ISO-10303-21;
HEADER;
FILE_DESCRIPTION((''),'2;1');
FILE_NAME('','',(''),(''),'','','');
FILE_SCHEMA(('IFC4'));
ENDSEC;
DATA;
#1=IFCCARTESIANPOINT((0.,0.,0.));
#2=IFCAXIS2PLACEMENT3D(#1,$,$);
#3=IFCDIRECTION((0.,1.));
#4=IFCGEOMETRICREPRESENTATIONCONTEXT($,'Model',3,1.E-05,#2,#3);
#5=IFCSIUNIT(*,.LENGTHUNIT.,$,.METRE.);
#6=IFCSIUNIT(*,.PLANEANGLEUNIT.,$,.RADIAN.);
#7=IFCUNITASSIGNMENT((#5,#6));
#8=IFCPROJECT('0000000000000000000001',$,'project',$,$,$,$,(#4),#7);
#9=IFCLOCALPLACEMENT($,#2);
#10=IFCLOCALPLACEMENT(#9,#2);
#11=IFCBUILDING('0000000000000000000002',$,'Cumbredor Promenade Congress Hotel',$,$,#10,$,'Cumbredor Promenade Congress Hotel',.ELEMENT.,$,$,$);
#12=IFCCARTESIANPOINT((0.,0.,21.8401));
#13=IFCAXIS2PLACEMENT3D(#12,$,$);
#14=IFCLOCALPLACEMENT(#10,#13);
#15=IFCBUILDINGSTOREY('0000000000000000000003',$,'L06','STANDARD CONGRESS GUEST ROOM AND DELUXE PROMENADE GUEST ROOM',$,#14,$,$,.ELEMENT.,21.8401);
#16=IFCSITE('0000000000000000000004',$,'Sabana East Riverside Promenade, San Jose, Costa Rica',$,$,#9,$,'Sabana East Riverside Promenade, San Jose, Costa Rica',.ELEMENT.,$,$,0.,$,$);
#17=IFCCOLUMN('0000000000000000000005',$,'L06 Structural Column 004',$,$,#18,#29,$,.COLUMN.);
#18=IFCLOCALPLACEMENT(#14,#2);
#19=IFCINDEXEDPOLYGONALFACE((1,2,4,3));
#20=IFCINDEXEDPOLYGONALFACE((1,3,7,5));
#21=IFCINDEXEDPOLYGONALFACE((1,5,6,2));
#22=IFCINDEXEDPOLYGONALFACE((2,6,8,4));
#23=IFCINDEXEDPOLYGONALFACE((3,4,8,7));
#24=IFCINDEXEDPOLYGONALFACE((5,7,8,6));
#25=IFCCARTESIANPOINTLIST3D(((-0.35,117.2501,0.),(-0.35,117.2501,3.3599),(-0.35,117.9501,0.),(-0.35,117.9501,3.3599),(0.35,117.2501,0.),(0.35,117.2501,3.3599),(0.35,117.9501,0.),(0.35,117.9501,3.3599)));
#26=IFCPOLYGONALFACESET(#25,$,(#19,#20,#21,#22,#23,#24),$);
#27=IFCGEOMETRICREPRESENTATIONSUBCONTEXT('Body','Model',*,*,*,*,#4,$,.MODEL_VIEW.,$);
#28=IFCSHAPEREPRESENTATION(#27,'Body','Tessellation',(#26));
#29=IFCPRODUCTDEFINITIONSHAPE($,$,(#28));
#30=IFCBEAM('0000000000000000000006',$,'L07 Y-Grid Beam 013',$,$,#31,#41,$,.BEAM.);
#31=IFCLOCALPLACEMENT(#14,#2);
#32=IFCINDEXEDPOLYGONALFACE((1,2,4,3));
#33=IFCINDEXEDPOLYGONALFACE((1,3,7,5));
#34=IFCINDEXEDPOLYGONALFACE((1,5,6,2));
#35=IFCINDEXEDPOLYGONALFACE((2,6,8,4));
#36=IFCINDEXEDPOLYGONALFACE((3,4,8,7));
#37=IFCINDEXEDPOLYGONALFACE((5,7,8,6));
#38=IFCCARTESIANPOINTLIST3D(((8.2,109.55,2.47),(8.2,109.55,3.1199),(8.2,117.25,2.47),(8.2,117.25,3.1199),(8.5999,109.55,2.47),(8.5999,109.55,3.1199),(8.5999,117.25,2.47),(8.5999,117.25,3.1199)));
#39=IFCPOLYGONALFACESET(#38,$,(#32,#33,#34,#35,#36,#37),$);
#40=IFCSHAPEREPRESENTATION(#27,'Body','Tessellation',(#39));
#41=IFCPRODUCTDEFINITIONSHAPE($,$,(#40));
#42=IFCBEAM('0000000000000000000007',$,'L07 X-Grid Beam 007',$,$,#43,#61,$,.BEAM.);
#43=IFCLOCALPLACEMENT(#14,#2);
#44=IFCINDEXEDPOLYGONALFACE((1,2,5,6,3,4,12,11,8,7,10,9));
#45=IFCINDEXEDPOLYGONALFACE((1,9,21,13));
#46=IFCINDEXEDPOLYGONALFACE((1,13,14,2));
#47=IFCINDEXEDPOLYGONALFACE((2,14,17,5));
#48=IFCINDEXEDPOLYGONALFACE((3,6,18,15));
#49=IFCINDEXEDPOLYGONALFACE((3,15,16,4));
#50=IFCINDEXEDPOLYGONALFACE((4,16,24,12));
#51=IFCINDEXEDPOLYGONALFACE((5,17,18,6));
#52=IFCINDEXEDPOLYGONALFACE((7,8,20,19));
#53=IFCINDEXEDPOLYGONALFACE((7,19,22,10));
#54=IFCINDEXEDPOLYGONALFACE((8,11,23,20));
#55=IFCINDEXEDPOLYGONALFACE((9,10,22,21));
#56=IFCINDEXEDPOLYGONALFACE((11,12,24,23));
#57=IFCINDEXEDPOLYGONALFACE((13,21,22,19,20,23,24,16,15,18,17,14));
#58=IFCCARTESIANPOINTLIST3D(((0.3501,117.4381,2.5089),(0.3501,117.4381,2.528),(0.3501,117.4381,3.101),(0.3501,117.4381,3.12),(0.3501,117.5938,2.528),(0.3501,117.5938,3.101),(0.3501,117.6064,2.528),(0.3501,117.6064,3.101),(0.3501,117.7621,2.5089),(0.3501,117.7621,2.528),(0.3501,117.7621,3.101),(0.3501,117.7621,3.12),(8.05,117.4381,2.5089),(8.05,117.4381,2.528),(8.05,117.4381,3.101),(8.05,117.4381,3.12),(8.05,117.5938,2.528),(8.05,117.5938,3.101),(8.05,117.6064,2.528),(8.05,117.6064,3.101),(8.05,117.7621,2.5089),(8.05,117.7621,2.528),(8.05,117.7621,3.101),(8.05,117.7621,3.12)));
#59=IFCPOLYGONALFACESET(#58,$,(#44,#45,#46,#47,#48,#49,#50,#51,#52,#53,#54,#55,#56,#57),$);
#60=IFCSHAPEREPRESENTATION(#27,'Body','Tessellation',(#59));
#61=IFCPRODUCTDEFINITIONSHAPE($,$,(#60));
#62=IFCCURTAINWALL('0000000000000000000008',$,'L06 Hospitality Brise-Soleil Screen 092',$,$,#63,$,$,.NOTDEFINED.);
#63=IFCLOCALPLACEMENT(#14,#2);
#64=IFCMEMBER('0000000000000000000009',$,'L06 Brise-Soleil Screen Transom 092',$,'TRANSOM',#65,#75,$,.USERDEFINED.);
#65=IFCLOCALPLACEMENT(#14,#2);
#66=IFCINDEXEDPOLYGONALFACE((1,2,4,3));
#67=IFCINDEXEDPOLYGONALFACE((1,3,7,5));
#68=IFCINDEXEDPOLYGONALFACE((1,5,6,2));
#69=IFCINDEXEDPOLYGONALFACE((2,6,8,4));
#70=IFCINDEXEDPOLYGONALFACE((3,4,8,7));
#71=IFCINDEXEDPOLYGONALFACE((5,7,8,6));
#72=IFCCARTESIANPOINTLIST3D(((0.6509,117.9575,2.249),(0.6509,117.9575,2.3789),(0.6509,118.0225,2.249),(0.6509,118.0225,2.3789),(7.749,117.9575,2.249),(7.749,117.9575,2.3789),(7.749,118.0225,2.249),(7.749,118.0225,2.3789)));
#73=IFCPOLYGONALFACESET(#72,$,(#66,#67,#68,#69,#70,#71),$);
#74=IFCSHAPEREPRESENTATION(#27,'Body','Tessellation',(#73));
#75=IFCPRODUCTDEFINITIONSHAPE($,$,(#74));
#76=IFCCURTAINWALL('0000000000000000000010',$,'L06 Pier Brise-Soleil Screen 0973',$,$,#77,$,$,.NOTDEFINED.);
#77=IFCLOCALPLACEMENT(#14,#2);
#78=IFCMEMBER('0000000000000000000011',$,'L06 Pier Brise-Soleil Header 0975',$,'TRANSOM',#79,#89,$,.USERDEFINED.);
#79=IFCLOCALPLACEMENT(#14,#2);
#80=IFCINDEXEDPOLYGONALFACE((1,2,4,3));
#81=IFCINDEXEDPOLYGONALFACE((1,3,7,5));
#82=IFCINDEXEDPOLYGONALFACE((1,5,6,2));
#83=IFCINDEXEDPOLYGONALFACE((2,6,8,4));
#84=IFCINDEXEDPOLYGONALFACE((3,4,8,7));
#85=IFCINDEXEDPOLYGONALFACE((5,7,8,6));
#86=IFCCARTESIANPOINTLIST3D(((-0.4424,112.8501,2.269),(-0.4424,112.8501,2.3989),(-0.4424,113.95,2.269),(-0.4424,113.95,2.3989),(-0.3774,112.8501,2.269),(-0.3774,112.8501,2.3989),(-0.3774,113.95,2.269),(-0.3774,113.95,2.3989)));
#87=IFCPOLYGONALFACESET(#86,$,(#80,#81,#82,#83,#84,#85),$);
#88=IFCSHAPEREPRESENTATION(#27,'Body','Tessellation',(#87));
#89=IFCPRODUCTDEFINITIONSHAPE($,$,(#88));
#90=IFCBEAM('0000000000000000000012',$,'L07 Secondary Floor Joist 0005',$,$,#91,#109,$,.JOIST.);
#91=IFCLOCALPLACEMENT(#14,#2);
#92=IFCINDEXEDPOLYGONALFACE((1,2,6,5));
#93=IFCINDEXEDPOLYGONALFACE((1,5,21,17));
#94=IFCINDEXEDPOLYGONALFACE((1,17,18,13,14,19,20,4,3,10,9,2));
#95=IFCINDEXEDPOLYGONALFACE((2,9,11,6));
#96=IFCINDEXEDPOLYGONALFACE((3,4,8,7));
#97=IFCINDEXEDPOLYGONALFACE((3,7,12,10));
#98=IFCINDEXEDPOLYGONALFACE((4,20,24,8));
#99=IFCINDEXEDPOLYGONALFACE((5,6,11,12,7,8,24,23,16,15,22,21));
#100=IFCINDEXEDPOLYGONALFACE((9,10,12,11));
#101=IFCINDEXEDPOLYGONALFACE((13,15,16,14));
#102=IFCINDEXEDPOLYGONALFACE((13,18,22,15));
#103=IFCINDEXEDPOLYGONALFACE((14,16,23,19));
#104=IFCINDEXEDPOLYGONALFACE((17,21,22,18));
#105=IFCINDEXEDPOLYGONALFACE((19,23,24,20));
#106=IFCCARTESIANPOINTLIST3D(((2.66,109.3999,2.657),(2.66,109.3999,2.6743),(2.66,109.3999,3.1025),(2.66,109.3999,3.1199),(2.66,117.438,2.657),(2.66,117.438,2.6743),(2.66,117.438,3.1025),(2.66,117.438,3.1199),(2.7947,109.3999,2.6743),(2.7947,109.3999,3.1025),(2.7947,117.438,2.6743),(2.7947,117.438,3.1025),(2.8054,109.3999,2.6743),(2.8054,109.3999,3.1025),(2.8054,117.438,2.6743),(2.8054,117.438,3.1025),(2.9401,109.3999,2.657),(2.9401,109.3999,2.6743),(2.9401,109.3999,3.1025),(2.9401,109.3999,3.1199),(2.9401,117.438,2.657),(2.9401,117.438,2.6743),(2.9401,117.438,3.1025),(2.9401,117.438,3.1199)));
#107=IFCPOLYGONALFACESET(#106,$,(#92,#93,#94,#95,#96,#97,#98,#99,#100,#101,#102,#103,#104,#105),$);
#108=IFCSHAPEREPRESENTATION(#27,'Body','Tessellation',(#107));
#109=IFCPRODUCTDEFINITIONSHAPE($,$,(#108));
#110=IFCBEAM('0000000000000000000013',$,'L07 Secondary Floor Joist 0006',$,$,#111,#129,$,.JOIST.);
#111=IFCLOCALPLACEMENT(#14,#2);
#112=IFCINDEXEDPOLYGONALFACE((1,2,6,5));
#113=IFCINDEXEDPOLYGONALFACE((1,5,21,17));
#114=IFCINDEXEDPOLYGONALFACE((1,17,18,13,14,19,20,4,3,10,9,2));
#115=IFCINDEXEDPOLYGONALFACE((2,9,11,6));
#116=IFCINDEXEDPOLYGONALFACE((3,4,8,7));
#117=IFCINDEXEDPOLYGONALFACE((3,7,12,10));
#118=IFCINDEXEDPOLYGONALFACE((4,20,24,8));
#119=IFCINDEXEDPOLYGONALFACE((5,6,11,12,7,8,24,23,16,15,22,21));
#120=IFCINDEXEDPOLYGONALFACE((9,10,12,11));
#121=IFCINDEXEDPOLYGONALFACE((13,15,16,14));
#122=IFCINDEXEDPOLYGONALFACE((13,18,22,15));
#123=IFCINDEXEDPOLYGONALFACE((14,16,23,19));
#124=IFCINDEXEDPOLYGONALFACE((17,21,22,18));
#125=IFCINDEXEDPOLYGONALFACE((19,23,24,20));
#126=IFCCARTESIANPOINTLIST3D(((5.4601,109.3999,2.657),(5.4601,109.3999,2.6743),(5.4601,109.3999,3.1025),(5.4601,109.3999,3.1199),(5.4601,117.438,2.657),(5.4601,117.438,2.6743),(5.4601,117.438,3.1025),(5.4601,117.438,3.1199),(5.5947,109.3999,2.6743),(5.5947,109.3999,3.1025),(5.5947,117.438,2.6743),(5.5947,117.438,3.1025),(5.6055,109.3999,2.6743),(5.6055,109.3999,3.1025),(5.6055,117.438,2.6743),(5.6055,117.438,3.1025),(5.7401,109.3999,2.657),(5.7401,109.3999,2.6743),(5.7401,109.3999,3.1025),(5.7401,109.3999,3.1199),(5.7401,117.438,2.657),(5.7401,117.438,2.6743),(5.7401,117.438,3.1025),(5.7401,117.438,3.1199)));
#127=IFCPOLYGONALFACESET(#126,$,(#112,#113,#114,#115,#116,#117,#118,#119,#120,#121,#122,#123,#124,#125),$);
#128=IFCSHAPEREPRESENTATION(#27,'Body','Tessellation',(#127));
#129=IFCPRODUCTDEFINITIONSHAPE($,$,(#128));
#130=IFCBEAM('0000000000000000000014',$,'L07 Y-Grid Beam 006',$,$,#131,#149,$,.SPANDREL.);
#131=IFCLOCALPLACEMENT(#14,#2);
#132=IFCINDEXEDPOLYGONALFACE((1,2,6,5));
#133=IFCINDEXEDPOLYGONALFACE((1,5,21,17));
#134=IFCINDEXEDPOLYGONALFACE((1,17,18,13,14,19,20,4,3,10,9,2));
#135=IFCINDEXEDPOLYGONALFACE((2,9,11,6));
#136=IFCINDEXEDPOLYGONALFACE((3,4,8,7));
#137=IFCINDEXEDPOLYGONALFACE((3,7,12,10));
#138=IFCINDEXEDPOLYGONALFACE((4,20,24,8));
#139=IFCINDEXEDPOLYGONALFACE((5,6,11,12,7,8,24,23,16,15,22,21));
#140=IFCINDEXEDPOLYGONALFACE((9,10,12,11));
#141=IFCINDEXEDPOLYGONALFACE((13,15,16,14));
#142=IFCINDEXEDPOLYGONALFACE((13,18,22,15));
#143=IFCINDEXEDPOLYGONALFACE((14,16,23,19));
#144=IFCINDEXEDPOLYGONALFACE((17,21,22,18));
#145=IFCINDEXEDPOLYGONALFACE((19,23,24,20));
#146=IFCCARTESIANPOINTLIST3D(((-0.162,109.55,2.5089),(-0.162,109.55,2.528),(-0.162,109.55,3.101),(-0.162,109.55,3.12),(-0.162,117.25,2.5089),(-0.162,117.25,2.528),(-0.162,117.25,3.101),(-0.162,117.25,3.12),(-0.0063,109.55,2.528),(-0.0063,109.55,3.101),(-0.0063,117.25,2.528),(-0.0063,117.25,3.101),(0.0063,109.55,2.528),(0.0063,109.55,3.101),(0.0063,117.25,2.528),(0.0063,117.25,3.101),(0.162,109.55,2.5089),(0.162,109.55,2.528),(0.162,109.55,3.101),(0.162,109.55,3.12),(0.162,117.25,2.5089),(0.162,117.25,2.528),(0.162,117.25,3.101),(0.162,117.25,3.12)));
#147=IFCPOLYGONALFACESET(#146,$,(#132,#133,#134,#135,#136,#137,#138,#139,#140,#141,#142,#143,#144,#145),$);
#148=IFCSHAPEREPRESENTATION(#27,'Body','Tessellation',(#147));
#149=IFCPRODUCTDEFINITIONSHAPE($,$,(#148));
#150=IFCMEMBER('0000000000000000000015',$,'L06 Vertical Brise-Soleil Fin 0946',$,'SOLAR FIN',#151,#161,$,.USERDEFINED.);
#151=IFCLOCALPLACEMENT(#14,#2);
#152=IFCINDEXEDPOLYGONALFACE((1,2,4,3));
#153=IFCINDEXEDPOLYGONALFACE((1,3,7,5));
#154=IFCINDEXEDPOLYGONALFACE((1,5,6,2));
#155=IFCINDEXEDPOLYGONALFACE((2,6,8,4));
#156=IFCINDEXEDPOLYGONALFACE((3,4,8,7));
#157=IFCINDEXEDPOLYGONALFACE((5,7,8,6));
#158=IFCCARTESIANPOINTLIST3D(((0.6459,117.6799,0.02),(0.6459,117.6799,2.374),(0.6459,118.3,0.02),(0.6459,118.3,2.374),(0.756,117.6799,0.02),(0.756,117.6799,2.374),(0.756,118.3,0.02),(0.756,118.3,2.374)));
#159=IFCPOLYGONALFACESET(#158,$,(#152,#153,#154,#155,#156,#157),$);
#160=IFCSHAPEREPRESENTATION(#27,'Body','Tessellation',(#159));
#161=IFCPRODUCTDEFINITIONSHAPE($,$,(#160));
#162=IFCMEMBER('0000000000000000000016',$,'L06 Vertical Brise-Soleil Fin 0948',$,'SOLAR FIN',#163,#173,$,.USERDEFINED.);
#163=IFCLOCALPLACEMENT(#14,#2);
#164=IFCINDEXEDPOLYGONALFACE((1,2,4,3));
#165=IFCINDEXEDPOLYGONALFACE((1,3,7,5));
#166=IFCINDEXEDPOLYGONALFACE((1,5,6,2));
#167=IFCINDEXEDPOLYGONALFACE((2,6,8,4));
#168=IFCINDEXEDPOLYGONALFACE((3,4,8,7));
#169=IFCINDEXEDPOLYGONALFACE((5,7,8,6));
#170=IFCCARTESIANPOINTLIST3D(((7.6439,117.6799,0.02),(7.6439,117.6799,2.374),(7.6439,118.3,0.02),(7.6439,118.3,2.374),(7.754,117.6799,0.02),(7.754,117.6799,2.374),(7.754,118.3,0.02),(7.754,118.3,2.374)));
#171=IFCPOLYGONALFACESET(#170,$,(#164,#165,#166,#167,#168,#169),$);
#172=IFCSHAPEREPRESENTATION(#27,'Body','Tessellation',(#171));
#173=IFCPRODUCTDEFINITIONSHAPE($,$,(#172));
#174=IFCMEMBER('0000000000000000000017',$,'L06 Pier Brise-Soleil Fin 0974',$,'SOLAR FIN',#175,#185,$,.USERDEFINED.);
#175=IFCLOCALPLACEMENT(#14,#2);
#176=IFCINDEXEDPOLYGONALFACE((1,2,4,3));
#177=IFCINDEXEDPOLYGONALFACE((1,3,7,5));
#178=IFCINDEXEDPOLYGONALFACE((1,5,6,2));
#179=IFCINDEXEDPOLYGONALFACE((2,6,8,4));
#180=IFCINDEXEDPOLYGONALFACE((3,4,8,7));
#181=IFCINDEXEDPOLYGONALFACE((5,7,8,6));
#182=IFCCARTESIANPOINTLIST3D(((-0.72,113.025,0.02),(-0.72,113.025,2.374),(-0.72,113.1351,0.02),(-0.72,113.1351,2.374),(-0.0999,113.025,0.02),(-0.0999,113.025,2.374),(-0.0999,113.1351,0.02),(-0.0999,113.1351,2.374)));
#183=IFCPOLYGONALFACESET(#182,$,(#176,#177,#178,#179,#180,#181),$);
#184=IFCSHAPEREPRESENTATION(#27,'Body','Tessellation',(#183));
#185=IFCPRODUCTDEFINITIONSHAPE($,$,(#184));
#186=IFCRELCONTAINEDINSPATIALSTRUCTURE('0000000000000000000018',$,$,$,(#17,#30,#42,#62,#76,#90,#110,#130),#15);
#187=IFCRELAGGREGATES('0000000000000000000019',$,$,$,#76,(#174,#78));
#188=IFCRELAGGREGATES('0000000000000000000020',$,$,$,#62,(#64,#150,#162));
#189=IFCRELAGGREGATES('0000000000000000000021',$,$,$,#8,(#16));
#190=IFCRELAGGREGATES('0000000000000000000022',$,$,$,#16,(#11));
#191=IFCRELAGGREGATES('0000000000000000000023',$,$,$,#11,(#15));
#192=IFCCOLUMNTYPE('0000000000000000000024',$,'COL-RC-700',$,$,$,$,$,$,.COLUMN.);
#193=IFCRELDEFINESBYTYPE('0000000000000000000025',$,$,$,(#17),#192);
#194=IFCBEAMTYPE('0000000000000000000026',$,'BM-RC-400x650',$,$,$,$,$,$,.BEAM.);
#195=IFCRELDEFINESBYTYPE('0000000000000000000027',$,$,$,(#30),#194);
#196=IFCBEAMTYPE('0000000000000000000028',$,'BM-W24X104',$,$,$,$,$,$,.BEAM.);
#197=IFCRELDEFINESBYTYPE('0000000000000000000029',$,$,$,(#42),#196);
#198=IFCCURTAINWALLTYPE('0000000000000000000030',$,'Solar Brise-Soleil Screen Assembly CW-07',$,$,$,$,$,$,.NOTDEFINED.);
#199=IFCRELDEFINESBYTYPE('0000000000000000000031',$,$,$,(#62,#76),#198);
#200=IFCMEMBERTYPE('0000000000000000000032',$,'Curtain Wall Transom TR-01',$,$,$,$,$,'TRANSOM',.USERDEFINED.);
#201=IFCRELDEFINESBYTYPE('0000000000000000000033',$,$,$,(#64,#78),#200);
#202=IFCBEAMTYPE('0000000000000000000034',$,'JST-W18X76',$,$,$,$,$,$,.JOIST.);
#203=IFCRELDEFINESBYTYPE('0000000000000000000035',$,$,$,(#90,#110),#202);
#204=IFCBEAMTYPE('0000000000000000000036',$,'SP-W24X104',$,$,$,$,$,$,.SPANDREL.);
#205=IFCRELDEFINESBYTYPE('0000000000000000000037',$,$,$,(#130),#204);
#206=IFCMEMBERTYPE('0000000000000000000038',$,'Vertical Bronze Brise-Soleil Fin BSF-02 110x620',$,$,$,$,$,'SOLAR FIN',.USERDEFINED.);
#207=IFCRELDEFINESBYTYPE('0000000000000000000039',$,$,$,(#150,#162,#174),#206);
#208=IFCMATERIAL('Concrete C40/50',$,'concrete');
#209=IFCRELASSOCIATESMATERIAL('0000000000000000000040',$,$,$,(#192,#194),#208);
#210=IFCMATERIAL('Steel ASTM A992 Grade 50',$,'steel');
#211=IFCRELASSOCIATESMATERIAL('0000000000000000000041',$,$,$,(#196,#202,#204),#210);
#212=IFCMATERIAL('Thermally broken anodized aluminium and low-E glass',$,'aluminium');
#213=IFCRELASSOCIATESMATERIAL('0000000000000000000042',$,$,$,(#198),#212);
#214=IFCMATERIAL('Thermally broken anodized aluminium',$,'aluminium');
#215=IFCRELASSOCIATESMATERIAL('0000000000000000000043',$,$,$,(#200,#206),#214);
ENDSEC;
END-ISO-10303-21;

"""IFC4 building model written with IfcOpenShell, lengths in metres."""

from ifc_helpers import new_model, si_unit, direction, frame, origin, origin_2d, place, context, subcontext, project, spatial, rectangle, i_section, extrude, material, material_profile, profile_set, type_object, element, aggregate, save


model = new_model("IFC4")

# Units and contexts
model_context = context("Model", 3, precision=1e-05, world=origin(), true_north=direction((0.0, 1.0)))
body_context = subcontext(model_context, "Body", "Model", "MODEL_VIEW")
ifc_project = project(units=[si_unit("LENGTHUNIT", "METRE"), si_unit("PLANEANGLEUNIT", "RADIAN")], contexts=[model_context])

# Site, building, storey
site_placement = place(None, origin())
site = spatial("IfcSite", under=ifc_project, at=site_placement, Name="Sabana East Riverside Promenade, San Jose, Costa Rica", LongName="Sabana East Riverside Promenade, San Jose, Costa Rica", CompositionType="ELEMENT", RefElevation=0.0)
building_placement = place(site_placement, origin())
building = spatial("IfcBuilding", under=site, at=building_placement, Name="Cumbredor Promenade Congress Hotel", LongName="Cumbredor Promenade Congress Hotel", CompositionType="ELEMENT")
storey_placement = place(building_placement, frame((0.0, 0.0, 21.8401)))
storey = spatial("IfcBuildingStorey", under=building, at=storey_placement, Name="L06", Description="STANDARD CONGRESS GUEST ROOM AND DELUXE PROMENADE GUEST ROOM", CompositionType="ELEMENT", Elevation=21.8401)

# Column
ifc_material_1 = material(Name="Concrete C40/50", Category="concrete")
ifc_material_profile_1 = material_profile(ifc_material_1, rectangle(XDim=0.7, YDim=0.7, at=origin_2d()), Name="RC 700x700")
ifc_profile_set_1 = profile_set([ifc_material_profile_1], Name="Concrete C40/50")
column_type = type_object("IfcColumnType", Name="COL-RC-700", PredefinedType="COLUMN", material=ifc_profile_set_1)
column_placement = place(storey_placement, frame((0.0, 117.6001, 0.0), z_axis=(0.0, 0.0, 1.0), x_axis=(1.0, 0.0, 0.0)))
element("IfcColumn", 1, at=column_placement, inside=storey, type_object=column_type, Name="L06 Structural Column 004", PredefinedType="COLUMN", context=body_context, shape_type="SweptSolid", body=[
    extrude(rectangle(XDim=0.7, YDim=0.7, at=origin_2d()), origin(), (0.0, 0.0, 1.0), 3.3599),
])

# Beams
ifc_material_profile_2 = material_profile(ifc_material_1, rectangle(XDim=0.3999, YDim=0.6499, at=origin_2d()), Name="RC BEAM 400x650")
ifc_profile_set_2 = profile_set([ifc_material_profile_2], Name="Concrete C40/50")
beam_type_1 = type_object("IfcBeamType", Name="BM-RC-400x650", PredefinedType="BEAM", material=ifc_profile_set_2)
beam_1_placement = place(storey_placement, frame((8.3999, 109.55, 2.7949), z_axis=(0.0, 1.0, 0.0), x_axis=(-1.0, 0.0, 0.0)))
element("IfcBeam", 2, at=beam_1_placement, inside=storey, type_object=beam_type_1, Name="L07 Y-Grid Beam 013", PredefinedType="BEAM", context=body_context, shape_type="SweptSolid", body=[
    extrude(rectangle(XDim=0.3999, YDim=0.6499, at=origin_2d()), origin(), (0.0, 0.0, 1.0), 7.7),
])
ifc_material_2 = material(Name="Steel ASTM A992 Grade 50", Category="steel")
ifc_material_profile_3 = material_profile(ifc_material_2, i_section(OverallWidth=0.324, OverallDepth=0.6111, WebThickness=0.0127, FlangeThickness=0.019, at=origin_2d()), Name="W24X104")
ifc_profile_set_3 = profile_set([ifc_material_profile_3], Name="Steel ASTM A992 Grade 50")
beam_type_2 = type_object("IfcBeamType", Name="BM-W24X104", PredefinedType="BEAM", material=ifc_profile_set_3)
beam_2_placement = place(storey_placement, frame((0.3501, 117.6001, 2.8145), z_axis=(1.0, 0.0, 0.0), x_axis=(0.0, 1.0, 0.0)))
element("IfcBeam", 3, at=beam_2_placement, inside=storey, type_object=beam_type_2, Name="L07 X-Grid Beam 007", PredefinedType="BEAM", context=body_context, shape_type="SweptSolid", body=[
    extrude(i_section(OverallWidth=0.324, OverallDepth=0.6111, WebThickness=0.0127, FlangeThickness=0.019, at=origin_2d()), origin(), (0.0, 0.0, 1.0), 7.7),
])

# Curtain walls, members
ifc_material_3 = material(Name="Thermally broken anodized aluminium and low-E glass", Category="aluminium")
curtain_wall_type = type_object("IfcCurtainWallType", Name="Solar Brise-Soleil Screen Assembly CW-07", PredefinedType="NOTDEFINED", material=ifc_material_3)
curtain_wall_1_placement = place(storey_placement, origin())
curtain_wall_1 = element("IfcCurtainWall", 4, at=curtain_wall_1_placement, inside=storey, type_object=curtain_wall_type, Name="L06 Hospitality Brise-Soleil Screen 092", PredefinedType="NOTDEFINED")
ifc_material_4 = material(Name="Thermally broken anodized aluminium", Category="aluminium")
ifc_material_profile_4 = material_profile(ifc_material_4, rectangle(XDim=0.0649, YDim=0.1299, at=origin_2d()), Name="ALU TRANSOM 65x130")
ifc_profile_set_4 = profile_set([ifc_material_profile_4], Name="Thermally broken anodized aluminium")
member_type_1 = type_object("IfcMemberType", Name="Curtain Wall Transom TR-01", ElementType="TRANSOM", PredefinedType="USERDEFINED", material=ifc_profile_set_4)
member_1_placement = place(storey_placement, frame((0.6509, 117.99, 2.314), z_axis=(1.0, 0.0, 0.0), x_axis=(0.0, 1.0, 0.0)))
member_1 = element("IfcMember", 5, at=member_1_placement, type_object=member_type_1, Name="L06 Brise-Soleil Screen Transom 092", ObjectType="TRANSOM", PredefinedType="USERDEFINED", context=body_context, shape_type="SweptSolid", body=[
    extrude(rectangle(XDim=0.0649, YDim=0.1299, at=origin_2d()), origin(), (0.0, 0.0, 1.0), 7.0981),
])
curtain_wall_2_placement = place(storey_placement, origin())
curtain_wall_2 = element("IfcCurtainWall", 6, at=curtain_wall_2_placement, inside=storey, type_object=curtain_wall_type, Name="L06 Pier Brise-Soleil Screen 0973", PredefinedType="NOTDEFINED")
member_2_placement = place(storey_placement, frame((-0.4099, 112.8501, 2.334), z_axis=(0.0, 1.0, 0.0), x_axis=(-1.0, 0.0, 0.0)))
member_2 = element("IfcMember", 7, at=member_2_placement, type_object=member_type_1, Name="L06 Pier Brise-Soleil Header 0975", ObjectType="TRANSOM", PredefinedType="USERDEFINED", context=body_context, shape_type="SweptSolid", body=[
    extrude(rectangle(XDim=0.0649, YDim=0.1299, at=origin_2d()), origin(), (0.0, 0.0, 1.0), 1.0999),
])

# Beams
ifc_material_profile_5 = material_profile(ifc_material_2, i_section(OverallWidth=0.28, OverallDepth=0.4629, WebThickness=0.0107, FlangeThickness=0.0173, at=origin_2d()), Name="W18X76")
ifc_profile_set_5 = profile_set([ifc_material_profile_5], Name="Steel ASTM A992 Grade 50")
beam_type_3 = type_object("IfcBeamType", Name="JST-W18X76", PredefinedType="JOIST", material=ifc_profile_set_5)
for number, where, z_axis, x_axis, name in (
    (8, (2.8, 109.3999, 2.8884), (0.0, 1.0, 0.0), (-1.0, 0.0, 0.0), "L07 Secondary Floor Joist 0005"),
    (9, (5.6001, 109.3999, 2.8884), (0.0, 1.0, 0.0), (-1.0, 0.0, 0.0), "L07 Secondary Floor Joist 0006"),
):
    element("IfcBeam", number, at=place(storey_placement, frame(where, z_axis=z_axis, x_axis=x_axis)), inside=storey, type_object=beam_type_3, Name=name, PredefinedType="JOIST", context=body_context, shape_type="SweptSolid", body=[
        extrude(i_section(OverallWidth=0.28, OverallDepth=0.4629, WebThickness=0.0107, FlangeThickness=0.0173, at=origin_2d()), origin(), (0.0, 0.0, 1.0), 8.0381),
    ])
ifc_material_profile_6 = material_profile(ifc_material_2, i_section(OverallWidth=0.324, OverallDepth=0.6111, WebThickness=0.0127, FlangeThickness=0.019, at=origin_2d()), Name="W24X104")
ifc_profile_set_6 = profile_set([ifc_material_profile_6], Name="Steel ASTM A992 Grade 50")
beam_type_4 = type_object("IfcBeamType", Name="SP-W24X104", PredefinedType="SPANDREL", material=ifc_profile_set_6)
beam_3_placement = place(storey_placement, frame((0.0, 109.55, 2.8145), z_axis=(0.0, 1.0, 0.0), x_axis=(-1.0, 0.0, 0.0)))
element("IfcBeam", 10, at=beam_3_placement, inside=storey, type_object=beam_type_4, Name="L07 Y-Grid Beam 006", PredefinedType="SPANDREL", context=body_context, shape_type="SweptSolid", body=[
    extrude(i_section(OverallWidth=0.324, OverallDepth=0.6111, WebThickness=0.0127, FlangeThickness=0.019, at=origin_2d()), origin(), (0.0, 0.0, 1.0), 7.7),
])

# Members
ifc_material_profile_7 = material_profile(ifc_material_4, rectangle(XDim=0.1101, YDim=0.6201, at=origin_2d()), Name="ARCH FIN 110x620")
ifc_profile_set_7 = profile_set([ifc_material_profile_7], Name="Thermally broken anodized aluminium")
member_type_2 = type_object("IfcMemberType", Name="Vertical Bronze Brise-Soleil Fin BSF-02 110x620", ElementType="SOLAR FIN", PredefinedType="USERDEFINED", material=ifc_profile_set_7)
member_3_placement = place(storey_placement, frame((0.7009, 117.99, 0.02), z_axis=(0.0, 0.0, 1.0), x_axis=(1.0, 0.0, 0.0)))
member_3 = element("IfcMember", 11, at=member_3_placement, type_object=member_type_2, Name="L06 Vertical Brise-Soleil Fin 0946", ObjectType="SOLAR FIN", PredefinedType="USERDEFINED", context=body_context, shape_type="SweptSolid", body=[
    extrude(rectangle(XDim=0.1101, YDim=0.6201, at=origin_2d()), origin(), (0.0, 0.0, 1.0), 2.354),
])
member_4_placement = place(storey_placement, frame((7.699, 117.99, 0.02), z_axis=(0.0, 0.0, 1.0), x_axis=(1.0, 0.0, 0.0)))
member_4 = element("IfcMember", 12, at=member_4_placement, type_object=member_type_2, Name="L06 Vertical Brise-Soleil Fin 0948", ObjectType="SOLAR FIN", PredefinedType="USERDEFINED", context=body_context, shape_type="SweptSolid", body=[
    extrude(rectangle(XDim=0.1101, YDim=0.6201, at=origin_2d()), origin(), (0.0, 0.0, 1.0), 2.354),
])
member_5_placement = place(storey_placement, frame((-0.4099, 113.0801, 0.02), z_axis=(0.0, 0.0, 1.0), x_axis=(0.0, 1.0, 0.0)))
member_5 = element("IfcMember", 13, at=member_5_placement, type_object=member_type_2, Name="L06 Pier Brise-Soleil Fin 0974", ObjectType="SOLAR FIN", PredefinedType="USERDEFINED", context=body_context, shape_type="SweptSolid", body=[
    extrude(rectangle(XDim=0.1101, YDim=0.6201, at=origin_2d()), origin(), (0.0, 0.0, 1.0), 2.354),
])
aggregate(curtain_wall_2, [member_5, member_2])

aggregate(curtain_wall_1, [member_1, member_3, member_4])

save(model, "model.ifc")
